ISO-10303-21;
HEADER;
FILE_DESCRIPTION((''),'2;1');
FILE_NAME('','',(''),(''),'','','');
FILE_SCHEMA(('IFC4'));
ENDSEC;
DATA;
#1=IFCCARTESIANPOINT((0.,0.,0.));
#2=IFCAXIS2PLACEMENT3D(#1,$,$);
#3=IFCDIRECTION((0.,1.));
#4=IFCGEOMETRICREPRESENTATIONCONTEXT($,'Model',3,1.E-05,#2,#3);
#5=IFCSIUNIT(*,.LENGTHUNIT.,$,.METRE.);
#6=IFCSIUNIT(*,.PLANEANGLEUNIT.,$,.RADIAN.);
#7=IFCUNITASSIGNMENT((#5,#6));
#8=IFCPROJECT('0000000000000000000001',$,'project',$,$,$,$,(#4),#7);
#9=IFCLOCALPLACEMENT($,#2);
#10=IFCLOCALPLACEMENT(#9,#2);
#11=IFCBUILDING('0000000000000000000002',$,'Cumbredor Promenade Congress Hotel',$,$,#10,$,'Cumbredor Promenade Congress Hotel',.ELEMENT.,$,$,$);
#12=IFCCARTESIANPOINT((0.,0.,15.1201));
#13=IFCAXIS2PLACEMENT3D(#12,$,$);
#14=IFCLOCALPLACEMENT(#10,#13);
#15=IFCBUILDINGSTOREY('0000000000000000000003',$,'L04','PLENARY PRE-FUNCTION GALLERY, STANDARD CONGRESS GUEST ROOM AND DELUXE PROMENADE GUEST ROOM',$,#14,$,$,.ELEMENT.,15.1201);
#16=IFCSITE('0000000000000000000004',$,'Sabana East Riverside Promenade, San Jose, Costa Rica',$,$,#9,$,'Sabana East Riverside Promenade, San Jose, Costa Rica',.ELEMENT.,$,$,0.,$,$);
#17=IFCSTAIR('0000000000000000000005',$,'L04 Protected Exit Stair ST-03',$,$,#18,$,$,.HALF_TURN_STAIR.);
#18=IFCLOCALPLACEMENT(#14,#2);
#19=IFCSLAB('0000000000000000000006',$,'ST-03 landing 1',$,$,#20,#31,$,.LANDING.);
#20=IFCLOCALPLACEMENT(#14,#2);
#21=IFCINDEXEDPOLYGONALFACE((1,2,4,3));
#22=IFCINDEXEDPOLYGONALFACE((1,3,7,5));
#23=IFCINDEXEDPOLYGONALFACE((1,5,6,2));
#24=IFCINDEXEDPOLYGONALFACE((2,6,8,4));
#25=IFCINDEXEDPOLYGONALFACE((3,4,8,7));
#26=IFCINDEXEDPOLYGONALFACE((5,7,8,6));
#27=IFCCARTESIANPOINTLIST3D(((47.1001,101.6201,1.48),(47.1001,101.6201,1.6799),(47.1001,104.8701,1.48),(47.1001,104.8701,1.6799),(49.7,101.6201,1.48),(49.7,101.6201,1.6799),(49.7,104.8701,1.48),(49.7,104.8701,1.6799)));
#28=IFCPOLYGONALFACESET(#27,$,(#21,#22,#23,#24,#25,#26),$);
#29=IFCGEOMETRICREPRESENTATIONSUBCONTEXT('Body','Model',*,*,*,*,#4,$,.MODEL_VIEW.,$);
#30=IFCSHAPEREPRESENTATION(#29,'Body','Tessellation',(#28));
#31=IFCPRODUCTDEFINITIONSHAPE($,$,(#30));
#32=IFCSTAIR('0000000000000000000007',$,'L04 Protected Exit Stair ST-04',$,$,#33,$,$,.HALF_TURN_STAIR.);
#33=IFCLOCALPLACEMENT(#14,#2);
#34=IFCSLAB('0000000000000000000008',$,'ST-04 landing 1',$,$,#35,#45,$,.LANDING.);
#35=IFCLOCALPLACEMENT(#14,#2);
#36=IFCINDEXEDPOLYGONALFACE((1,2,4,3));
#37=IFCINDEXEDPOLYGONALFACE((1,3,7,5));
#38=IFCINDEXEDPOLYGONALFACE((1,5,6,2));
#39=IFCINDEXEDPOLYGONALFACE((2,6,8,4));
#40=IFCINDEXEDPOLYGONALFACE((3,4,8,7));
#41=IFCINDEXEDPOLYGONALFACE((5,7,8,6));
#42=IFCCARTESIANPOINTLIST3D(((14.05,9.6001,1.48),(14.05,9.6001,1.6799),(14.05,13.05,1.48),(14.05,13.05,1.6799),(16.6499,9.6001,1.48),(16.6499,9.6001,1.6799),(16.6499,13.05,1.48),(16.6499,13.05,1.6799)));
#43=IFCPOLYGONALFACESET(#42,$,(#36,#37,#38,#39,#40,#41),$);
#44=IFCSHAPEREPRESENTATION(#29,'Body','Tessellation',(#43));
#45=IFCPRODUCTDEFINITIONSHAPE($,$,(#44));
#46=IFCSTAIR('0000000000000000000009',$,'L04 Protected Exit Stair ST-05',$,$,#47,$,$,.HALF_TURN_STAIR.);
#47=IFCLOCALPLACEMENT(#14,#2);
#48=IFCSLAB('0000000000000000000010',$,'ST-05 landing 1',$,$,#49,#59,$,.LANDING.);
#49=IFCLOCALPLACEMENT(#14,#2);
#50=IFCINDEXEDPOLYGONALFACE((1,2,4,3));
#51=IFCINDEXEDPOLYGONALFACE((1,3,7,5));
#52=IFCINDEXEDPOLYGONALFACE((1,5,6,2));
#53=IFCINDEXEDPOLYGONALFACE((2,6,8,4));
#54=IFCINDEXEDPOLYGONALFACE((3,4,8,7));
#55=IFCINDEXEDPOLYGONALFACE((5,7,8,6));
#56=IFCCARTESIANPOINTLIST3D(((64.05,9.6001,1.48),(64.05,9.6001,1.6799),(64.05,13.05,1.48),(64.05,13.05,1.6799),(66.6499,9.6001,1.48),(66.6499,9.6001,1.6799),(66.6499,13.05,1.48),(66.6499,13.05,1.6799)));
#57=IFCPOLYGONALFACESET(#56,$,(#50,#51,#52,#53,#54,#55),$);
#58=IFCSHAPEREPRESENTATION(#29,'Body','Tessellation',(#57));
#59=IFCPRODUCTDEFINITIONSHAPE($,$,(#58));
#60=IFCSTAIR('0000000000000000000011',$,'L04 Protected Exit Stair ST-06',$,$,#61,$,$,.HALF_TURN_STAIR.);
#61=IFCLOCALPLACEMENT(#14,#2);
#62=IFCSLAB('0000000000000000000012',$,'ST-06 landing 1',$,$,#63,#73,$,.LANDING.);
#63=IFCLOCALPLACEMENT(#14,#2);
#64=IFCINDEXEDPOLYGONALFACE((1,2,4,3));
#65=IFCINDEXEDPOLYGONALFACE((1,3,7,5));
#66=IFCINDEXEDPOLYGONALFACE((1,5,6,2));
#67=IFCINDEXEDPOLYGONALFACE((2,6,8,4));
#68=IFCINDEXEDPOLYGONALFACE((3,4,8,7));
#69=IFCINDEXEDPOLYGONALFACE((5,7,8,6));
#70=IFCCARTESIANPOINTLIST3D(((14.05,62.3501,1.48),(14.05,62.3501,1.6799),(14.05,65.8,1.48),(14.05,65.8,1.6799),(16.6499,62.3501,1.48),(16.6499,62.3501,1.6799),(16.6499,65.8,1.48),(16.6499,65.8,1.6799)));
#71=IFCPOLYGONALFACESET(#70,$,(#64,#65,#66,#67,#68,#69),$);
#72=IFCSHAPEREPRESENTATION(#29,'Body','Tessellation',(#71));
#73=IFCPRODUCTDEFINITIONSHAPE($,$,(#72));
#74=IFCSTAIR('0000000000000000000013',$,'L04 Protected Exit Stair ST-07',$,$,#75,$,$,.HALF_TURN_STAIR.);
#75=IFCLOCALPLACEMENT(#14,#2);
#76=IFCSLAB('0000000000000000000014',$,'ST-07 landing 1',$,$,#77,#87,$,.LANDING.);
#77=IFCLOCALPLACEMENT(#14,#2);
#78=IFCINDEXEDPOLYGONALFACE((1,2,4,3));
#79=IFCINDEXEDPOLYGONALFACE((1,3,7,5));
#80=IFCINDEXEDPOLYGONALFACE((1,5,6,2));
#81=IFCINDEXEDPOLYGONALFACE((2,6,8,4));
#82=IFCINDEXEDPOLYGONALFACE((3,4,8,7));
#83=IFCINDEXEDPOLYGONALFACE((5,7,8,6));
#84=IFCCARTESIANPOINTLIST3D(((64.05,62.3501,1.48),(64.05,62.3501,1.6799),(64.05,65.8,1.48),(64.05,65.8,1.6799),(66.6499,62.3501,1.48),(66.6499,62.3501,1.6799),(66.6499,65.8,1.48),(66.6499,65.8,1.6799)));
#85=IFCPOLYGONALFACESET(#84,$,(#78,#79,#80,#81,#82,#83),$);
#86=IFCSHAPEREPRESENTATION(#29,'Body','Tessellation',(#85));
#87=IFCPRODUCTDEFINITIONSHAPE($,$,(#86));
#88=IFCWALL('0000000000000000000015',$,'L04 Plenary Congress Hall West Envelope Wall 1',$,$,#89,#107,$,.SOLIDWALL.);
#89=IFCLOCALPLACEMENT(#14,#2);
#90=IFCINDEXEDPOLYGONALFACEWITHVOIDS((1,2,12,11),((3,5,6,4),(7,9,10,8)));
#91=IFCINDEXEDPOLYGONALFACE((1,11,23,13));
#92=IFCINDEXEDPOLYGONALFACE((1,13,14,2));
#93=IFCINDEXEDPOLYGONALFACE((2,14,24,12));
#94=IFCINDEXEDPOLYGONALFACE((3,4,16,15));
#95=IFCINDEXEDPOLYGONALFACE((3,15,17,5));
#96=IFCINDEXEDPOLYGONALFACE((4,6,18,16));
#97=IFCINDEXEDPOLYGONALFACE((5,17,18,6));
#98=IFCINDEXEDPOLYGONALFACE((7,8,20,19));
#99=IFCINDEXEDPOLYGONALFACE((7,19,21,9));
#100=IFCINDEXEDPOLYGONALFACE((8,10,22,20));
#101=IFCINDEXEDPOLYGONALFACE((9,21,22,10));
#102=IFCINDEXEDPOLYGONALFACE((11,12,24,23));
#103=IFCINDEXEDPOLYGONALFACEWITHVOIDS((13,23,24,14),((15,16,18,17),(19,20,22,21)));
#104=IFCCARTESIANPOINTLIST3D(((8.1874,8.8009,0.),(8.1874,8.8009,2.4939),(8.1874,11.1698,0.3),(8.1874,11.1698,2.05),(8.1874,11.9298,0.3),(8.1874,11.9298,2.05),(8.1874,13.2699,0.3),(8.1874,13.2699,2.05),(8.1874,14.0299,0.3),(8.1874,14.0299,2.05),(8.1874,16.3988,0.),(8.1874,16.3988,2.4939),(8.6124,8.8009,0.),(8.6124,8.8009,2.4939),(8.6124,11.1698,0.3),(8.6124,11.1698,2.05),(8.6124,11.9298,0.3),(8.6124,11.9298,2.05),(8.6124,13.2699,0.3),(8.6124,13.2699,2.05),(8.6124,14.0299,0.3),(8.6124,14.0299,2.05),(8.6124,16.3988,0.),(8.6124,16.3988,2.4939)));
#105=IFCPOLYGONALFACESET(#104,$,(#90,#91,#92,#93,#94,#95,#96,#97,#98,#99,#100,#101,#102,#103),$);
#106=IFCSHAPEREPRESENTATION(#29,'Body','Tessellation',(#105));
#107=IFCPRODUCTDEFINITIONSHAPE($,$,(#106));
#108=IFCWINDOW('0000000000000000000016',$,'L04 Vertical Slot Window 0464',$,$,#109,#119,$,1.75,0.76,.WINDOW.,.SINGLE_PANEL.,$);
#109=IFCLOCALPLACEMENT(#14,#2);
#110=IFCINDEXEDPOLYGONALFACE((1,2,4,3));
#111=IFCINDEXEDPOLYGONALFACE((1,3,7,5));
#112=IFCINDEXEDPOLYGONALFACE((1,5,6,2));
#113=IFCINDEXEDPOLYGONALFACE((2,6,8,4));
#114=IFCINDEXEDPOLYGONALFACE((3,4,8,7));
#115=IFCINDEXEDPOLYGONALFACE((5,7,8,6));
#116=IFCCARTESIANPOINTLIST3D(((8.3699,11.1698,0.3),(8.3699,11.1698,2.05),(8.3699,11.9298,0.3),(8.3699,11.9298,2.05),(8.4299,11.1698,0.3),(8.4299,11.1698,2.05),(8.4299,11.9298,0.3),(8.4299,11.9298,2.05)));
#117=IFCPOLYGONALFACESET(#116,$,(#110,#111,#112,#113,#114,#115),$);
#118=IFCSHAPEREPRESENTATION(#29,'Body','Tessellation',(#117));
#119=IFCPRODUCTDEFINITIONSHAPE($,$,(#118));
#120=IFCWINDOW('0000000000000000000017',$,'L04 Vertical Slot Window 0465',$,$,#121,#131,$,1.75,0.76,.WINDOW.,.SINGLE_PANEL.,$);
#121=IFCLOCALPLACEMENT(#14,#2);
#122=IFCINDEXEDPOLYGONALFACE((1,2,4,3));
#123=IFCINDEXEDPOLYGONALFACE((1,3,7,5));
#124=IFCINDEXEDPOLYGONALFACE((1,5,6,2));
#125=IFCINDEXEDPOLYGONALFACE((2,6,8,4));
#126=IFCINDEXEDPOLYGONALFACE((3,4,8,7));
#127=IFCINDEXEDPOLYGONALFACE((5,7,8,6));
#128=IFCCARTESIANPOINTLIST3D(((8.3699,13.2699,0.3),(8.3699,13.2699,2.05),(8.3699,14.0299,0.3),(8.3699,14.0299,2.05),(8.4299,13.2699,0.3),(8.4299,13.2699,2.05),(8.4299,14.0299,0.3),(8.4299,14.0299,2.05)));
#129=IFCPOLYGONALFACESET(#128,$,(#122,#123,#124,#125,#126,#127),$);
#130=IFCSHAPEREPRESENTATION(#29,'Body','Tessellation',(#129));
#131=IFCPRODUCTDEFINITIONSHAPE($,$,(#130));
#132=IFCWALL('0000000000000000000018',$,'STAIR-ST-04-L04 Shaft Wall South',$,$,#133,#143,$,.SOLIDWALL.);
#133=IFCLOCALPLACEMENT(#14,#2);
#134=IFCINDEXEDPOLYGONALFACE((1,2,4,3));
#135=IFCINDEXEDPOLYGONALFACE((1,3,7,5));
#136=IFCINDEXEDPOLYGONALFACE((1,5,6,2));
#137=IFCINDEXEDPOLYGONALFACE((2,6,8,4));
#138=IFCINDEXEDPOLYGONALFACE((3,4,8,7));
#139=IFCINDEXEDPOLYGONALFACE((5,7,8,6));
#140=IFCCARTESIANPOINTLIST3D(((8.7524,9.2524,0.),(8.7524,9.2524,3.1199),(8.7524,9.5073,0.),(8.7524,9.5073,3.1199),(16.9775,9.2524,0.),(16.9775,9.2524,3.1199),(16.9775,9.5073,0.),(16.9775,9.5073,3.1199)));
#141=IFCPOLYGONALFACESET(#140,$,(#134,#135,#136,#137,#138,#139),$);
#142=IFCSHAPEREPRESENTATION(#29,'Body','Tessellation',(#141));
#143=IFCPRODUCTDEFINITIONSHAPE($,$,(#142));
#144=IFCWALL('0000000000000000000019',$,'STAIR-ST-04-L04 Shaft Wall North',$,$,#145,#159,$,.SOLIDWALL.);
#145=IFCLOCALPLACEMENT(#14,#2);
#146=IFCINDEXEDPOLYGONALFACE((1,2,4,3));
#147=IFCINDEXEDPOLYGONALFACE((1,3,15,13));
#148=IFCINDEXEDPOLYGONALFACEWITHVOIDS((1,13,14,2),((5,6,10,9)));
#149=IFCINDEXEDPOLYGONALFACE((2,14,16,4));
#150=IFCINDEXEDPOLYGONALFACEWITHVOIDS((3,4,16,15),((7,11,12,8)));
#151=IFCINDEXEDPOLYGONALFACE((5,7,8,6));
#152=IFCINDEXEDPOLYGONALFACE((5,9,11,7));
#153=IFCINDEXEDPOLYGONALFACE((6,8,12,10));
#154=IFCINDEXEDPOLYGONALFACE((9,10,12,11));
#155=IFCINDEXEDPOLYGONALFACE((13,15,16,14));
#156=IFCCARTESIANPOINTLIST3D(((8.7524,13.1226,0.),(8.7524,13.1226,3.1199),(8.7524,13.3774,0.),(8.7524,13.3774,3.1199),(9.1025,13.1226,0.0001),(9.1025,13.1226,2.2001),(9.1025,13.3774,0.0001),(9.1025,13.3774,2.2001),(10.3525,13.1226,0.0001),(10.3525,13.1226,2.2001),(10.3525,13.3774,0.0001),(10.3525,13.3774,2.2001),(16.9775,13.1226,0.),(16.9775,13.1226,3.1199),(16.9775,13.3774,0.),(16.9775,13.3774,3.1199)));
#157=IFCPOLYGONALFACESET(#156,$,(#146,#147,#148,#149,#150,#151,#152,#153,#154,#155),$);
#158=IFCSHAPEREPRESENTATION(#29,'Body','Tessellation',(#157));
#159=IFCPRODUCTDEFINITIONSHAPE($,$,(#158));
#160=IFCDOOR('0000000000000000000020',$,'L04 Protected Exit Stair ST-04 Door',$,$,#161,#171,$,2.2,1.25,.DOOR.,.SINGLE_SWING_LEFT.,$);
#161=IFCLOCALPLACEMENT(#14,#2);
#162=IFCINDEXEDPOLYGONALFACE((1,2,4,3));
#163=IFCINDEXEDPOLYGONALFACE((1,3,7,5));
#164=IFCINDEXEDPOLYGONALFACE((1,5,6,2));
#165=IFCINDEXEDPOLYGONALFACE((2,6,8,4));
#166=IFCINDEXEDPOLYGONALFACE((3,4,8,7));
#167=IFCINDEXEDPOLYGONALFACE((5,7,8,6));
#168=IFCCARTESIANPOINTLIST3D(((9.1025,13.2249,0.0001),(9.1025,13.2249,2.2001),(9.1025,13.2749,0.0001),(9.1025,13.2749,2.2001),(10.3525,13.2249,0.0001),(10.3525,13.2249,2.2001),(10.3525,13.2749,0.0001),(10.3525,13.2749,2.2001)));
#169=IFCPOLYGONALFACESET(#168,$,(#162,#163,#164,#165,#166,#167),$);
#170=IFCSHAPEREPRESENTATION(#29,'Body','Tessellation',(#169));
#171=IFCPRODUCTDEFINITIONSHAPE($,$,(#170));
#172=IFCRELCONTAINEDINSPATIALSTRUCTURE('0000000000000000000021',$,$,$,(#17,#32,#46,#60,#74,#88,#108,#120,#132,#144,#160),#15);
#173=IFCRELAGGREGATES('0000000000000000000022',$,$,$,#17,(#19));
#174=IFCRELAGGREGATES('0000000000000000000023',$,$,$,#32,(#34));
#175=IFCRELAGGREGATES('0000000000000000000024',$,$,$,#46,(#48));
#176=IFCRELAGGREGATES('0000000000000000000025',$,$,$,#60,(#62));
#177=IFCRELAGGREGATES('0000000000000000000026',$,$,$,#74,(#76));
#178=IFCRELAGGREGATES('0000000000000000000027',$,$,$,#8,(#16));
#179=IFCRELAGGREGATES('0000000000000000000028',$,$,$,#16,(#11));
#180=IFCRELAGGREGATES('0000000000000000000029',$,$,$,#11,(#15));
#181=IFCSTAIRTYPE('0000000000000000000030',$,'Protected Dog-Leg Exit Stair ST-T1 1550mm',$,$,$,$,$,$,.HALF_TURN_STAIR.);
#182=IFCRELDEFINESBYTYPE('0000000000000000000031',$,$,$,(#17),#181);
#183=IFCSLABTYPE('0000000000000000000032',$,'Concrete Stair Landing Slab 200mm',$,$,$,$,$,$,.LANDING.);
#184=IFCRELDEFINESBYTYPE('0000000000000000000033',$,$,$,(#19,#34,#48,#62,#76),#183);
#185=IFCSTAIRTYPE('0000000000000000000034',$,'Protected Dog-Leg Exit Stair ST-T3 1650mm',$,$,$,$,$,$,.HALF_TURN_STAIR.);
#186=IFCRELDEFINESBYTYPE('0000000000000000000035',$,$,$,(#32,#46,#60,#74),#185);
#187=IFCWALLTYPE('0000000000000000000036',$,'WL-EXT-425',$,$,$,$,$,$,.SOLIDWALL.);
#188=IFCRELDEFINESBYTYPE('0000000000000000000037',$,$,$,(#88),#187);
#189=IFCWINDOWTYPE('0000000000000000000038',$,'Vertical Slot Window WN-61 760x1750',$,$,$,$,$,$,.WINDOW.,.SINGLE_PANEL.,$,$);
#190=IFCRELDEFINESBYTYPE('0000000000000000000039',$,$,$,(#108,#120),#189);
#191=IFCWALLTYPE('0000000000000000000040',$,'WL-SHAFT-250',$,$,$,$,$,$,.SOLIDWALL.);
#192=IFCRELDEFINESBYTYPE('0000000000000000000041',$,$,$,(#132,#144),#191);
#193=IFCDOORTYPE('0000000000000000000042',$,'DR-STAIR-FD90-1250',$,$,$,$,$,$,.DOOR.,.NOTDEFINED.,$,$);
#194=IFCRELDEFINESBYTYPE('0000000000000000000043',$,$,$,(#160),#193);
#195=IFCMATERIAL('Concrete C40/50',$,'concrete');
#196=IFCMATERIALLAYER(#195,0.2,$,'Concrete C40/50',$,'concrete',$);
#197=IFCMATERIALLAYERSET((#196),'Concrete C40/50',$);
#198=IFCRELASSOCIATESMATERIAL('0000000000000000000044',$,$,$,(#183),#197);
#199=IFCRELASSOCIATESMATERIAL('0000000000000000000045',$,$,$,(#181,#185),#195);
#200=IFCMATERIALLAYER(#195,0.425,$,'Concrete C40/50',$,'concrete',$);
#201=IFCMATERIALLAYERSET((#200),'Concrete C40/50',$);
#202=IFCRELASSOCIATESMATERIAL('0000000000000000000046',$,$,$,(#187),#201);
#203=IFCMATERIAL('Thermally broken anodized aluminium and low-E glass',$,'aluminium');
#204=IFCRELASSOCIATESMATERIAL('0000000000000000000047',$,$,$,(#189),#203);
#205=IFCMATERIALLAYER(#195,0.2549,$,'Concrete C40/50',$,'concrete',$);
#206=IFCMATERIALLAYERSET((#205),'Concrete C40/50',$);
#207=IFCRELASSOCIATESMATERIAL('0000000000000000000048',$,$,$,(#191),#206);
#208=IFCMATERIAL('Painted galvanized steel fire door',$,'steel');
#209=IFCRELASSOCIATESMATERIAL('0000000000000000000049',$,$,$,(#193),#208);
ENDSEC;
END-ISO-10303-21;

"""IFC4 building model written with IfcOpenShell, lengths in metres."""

from ifc_helpers import new_model, si_unit, direction, frame, frame_2d, origin, place, context, subcontext, project, spatial, polyline, rectangle, outline, extrude, material, layer, layer_set, type_object, element, fill, aggregate, save


model = new_model("IFC4")

# Units and contexts
model_context = context("Model", 3, precision=1e-05, world=origin(), true_north=direction((0.0, 1.0)))
body_context = subcontext(model_context, "Body", "Model", "MODEL_VIEW")
ifc_project = project(units=[si_unit("LENGTHUNIT", "METRE"), si_unit("PLANEANGLEUNIT", "RADIAN")], contexts=[model_context])

# Site, building, storey
site_placement = place(None, origin())
site = spatial("IfcSite", under=ifc_project, at=site_placement, Name="Sabana East Riverside Promenade, San Jose, Costa Rica", LongName="Sabana East Riverside Promenade, San Jose, Costa Rica", CompositionType="ELEMENT", RefElevation=0.0)
building_placement = place(site_placement, origin())
building = spatial("IfcBuilding", under=site, at=building_placement, Name="Cumbredor Promenade Congress Hotel", LongName="Cumbredor Promenade Congress Hotel", CompositionType="ELEMENT")
storey_placement = place(building_placement, frame((0.0, 0.0, 15.1201)))
storey = spatial("IfcBuildingStorey", under=building, at=storey_placement, Name="L04", Description="PLENARY PRE-FUNCTION GALLERY, STANDARD CONGRESS GUEST ROOM AND DELUXE PROMENADE GUEST ROOM", CompositionType="ELEMENT", Elevation=15.1201)

# Shared definitions
ifc_material_1 = material(Name="Concrete C40/50", Category="concrete")

# Shared definitions
ifc_material_2 = material(Name="Thermally broken anodized aluminium and low-E glass", Category="aluminium")

# Stairs, slabs
ifc_layer_1 = layer(ifc_material_1, 0.2, Name="Concrete C40/50", Category="concrete")
ifc_layer_set_1 = layer_set([ifc_layer_1], Name="Concrete C40/50")
slab_type = type_object("IfcSlabType", Name="Concrete Stair Landing Slab 200mm", PredefinedType="LANDING", material=ifc_layer_set_1)
stair_type_1 = type_object("IfcStairType", Name="Protected Dog-Leg Exit Stair ST-T1 1550mm", PredefinedType="HALF_TURN_STAIR", material=ifc_material_1)
stair_1_placement = place(storey_placement, origin())
stair_1 = element("IfcStair", 1, at=stair_1_placement, inside=storey, type_object=stair_type_1, Name="L04 Protected Exit Stair ST-03", PredefinedType="HALF_TURN_STAIR")
slab_1_placement = place(storey_placement, frame((0.0, 0.0, 1.48)))
slab_1 = element("IfcSlab", 2, at=slab_1_placement, type_object=slab_type, Name="ST-03 landing 1", PredefinedType="LANDING", context=body_context, shape_type="SweptSolid", body=[
    extrude(outline(polyline([(47.1001, 101.6201), (49.7, 101.6201), (49.7, 104.8701), (47.1001, 104.8701), (47.1001, 101.6201)])), origin(), (0.0, 0.0, 1.0), 0.2),
])
aggregate(stair_1, [slab_1])
stair_type_2 = type_object("IfcStairType", Name="Protected Dog-Leg Exit Stair ST-T3 1650mm", PredefinedType="HALF_TURN_STAIR", material=ifc_material_1)
stair_2_placement = place(storey_placement, origin())
stair_2 = element("IfcStair", 3, at=stair_2_placement, inside=storey, type_object=stair_type_2, Name="L04 Protected Exit Stair ST-04", PredefinedType="HALF_TURN_STAIR")
slab_2_placement = place(storey_placement, frame((0.0, 0.0, 1.48)))
slab_2 = element("IfcSlab", 4, at=slab_2_placement, type_object=slab_type, Name="ST-04 landing 1", PredefinedType="LANDING", context=body_context, shape_type="SweptSolid", body=[
    extrude(outline(polyline([(14.05, 9.6001), (16.6499, 9.6001), (16.6499, 13.05), (14.05, 13.05), (14.05, 9.6001)])), origin(), (0.0, 0.0, 1.0), 0.2),
])
aggregate(stair_2, [slab_2])
stair_3_placement = place(storey_placement, origin())
stair_3 = element("IfcStair", 5, at=stair_3_placement, inside=storey, type_object=stair_type_2, Name="L04 Protected Exit Stair ST-05", PredefinedType="HALF_TURN_STAIR")
slab_3_placement = place(storey_placement, frame((0.0, 0.0, 1.48)))
slab_3 = element("IfcSlab", 6, at=slab_3_placement, type_object=slab_type, Name="ST-05 landing 1", PredefinedType="LANDING", context=body_context, shape_type="SweptSolid", body=[
    extrude(outline(polyline([(64.05, 9.6001), (66.6499, 9.6001), (66.6499, 13.05), (64.05, 13.05), (64.05, 9.6001)])), origin(), (0.0, 0.0, 1.0), 0.2),
])
aggregate(stair_3, [slab_3])
stair_4_placement = place(storey_placement, origin())
stair_4 = element("IfcStair", 7, at=stair_4_placement, inside=storey, type_object=stair_type_2, Name="L04 Protected Exit Stair ST-06", PredefinedType="HALF_TURN_STAIR")
slab_4_placement = place(storey_placement, frame((0.0, 0.0, 1.48)))
slab_4 = element("IfcSlab", 8, at=slab_4_placement, type_object=slab_type, Name="ST-06 landing 1", PredefinedType="LANDING", context=body_context, shape_type="SweptSolid", body=[
    extrude(outline(polyline([(14.05, 62.3501), (16.6499, 62.3501), (16.6499, 65.8), (14.05, 65.8), (14.05, 62.3501)])), origin(), (0.0, 0.0, 1.0), 0.2),
])
aggregate(stair_4, [slab_4])
stair_5_placement = place(storey_placement, origin())
stair_5 = element("IfcStair", 9, at=stair_5_placement, inside=storey, type_object=stair_type_2, Name="L04 Protected Exit Stair ST-07", PredefinedType="HALF_TURN_STAIR")
slab_5_placement = place(storey_placement, frame((0.0, 0.0, 1.48)))
slab_5 = element("IfcSlab", 10, at=slab_5_placement, type_object=slab_type, Name="ST-07 landing 1", PredefinedType="LANDING", context=body_context, shape_type="SweptSolid", body=[
    extrude(outline(polyline([(64.05, 62.3501), (66.6499, 62.3501), (66.6499, 65.8), (64.05, 65.8), (64.05, 62.3501)])), origin(), (0.0, 0.0, 1.0), 0.2),
])
aggregate(stair_5, [slab_5])

# Wall, openings, windows
ifc_layer_2 = layer(ifc_material_1, 0.425, Name="Concrete C40/50", Category="concrete")
ifc_layer_set_2 = layer_set([ifc_layer_2], Name="Concrete C40/50")
wall_type_1 = type_object("IfcWallType", Name="WL-EXT-425", PredefinedType="SOLIDWALL", material=ifc_layer_set_2)
wall_1_placement = place(storey_placement, frame((8.3999, 8.801, 0.0), z_axis=(0.0, 0.0, 1.0), x_axis=(0.0, 1.0, 0.0)))
wall_1 = element("IfcWall", 11, at=wall_1_placement, inside=storey, type_object=wall_type_1, Name="L04 Plenary Congress Hall West Envelope Wall 1", PredefinedType="SOLIDWALL", context=body_context, shape_type="SweptSolid", body=[
    extrude(rectangle(XDim=7.5979, YDim=0.425, at=frame_2d((3.7988, 0.0))), origin(), (0.0, 0.0, 1.0), 2.4939),
])
opening_1_placement = place(wall_1_placement, frame((2.3689, 0.0, 0.3)))
opening_1 = element("IfcOpeningElement", 12, at=opening_1_placement, cuts=wall_1, PredefinedType="OPENING", context=body_context, shape_type="SweptSolid", body=[
    extrude(rectangle(XDim=0.76, YDim=1.75, at=frame_2d((0.3799, 0.875))), frame((0.0, 0.2227, 0.0), z_axis=(0.0, -1.0, 0.0), x_axis=(1.0, 0.0, 0.0)), (0.0, 0.0, 1.0), 0.4451),
])
opening_2_placement = place(wall_1_placement, frame((4.469, 0.0, 0.3)))
opening_2 = element("IfcOpeningElement", 13, at=opening_2_placement, cuts=wall_1, PredefinedType="OPENING", context=body_context, shape_type="SweptSolid", body=[
    extrude(rectangle(XDim=0.76, YDim=1.75, at=frame_2d((0.3799, 0.875))), frame((0.0, 0.2227, 0.0), z_axis=(0.0, -1.0, 0.0), x_axis=(1.0, 0.0, 0.0)), (0.0, 0.0, 1.0), 0.4451),
])
window_type = type_object("IfcWindowType", Name="Vertical Slot Window WN-61 760x1750", PartitioningType="SINGLE_PANEL", PredefinedType="WINDOW", material=ifc_material_2)
window_1_placement = place(opening_1_placement, origin())
window_1 = element("IfcWindow", 14, at=window_1_placement, inside=storey, type_object=window_type, Name="L04 Vertical Slot Window 0464", OverallHeight=1.75, OverallWidth=0.76, PartitioningType="SINGLE_PANEL", PredefinedType="WINDOW", context=body_context, shape_type="SweptSolid", body=[
    extrude(rectangle(XDim=0.76, YDim=1.75, at=frame_2d((0.3799, 0.875))), frame((0.0, 0.03, 0.0), z_axis=(0.0, -1.0, 0.0), x_axis=(1.0, 0.0, 0.0)), (0.0, 0.0, 1.0), 0.0601),
])
fill(opening_1, window_1)
window_2_placement = place(opening_2_placement, origin())
window_2 = element("IfcWindow", 15, at=window_2_placement, inside=storey, type_object=window_type, Name="L04 Vertical Slot Window 0465", OverallHeight=1.75, OverallWidth=0.76, PartitioningType="SINGLE_PANEL", PredefinedType="WINDOW", context=body_context, shape_type="SweptSolid", body=[
    extrude(rectangle(XDim=0.76, YDim=1.75, at=frame_2d((0.3799, 0.875))), frame((0.0, 0.03, 0.0), z_axis=(0.0, -1.0, 0.0), x_axis=(1.0, 0.0, 0.0)), (0.0, 0.0, 1.0), 0.0601),
])
fill(opening_2, window_2)

# Wall
ifc_layer_3 = layer(ifc_material_1, 0.2549, Name="Concrete C40/50", Category="concrete")
ifc_layer_set_3 = layer_set([ifc_layer_3], Name="Concrete C40/50")
wall_type_2 = type_object("IfcWallType", Name="WL-SHAFT-250", PredefinedType="SOLIDWALL", material=ifc_layer_set_3)
wall_2_placement = place(storey_placement, frame((8.7524, 9.3799, 0.0), z_axis=(0.0, 0.0, 1.0), x_axis=(1.0, 0.0, 0.0)))
element("IfcWall", 16, at=wall_2_placement, inside=storey, type_object=wall_type_2, Name="STAIR-ST-04-L04 Shaft Wall South", PredefinedType="SOLIDWALL", context=body_context, shape_type="SweptSolid", body=[
    extrude(rectangle(XDim=8.2251, YDim=0.2549, at=frame_2d((4.1125, 0.0))), origin(), (0.0, 0.0, 1.0), 3.1199),
])

# Wall, opening, door
wall_3_placement = place(storey_placement, frame((8.7524, 13.25, 0.0), z_axis=(0.0, 0.0, 1.0), x_axis=(1.0, 0.0, 0.0)))
wall_3 = element("IfcWall", 17, at=wall_3_placement, inside=storey, type_object=wall_type_2, Name="STAIR-ST-04-L04 Shaft Wall North", PredefinedType="SOLIDWALL", context=body_context, shape_type="SweptSolid", body=[
    extrude(rectangle(XDim=8.2251, YDim=0.2549, at=frame_2d((4.1125, 0.0))), origin(), (0.0, 0.0, 1.0), 3.1199),
])
opening_3_placement = place(wall_3_placement, frame((0.3501, 0.0, 0.0)))
opening_3 = element("IfcOpeningElement", 18, at=opening_3_placement, cuts=wall_3, PredefinedType="OPENING", context=body_context, shape_type="SweptSolid", body=[
    extrude(rectangle(XDim=1.25, YDim=2.2, at=frame_2d((0.625, 1.1001))), frame((0.0, 0.1375, 0.0), z_axis=(0.0, -1.0, 0.0), x_axis=(1.0, 0.0, 0.0)), (0.0, 0.0, 1.0), 0.2749),
])
ifc_material_3 = material(Name="Painted galvanized steel fire door", Category="steel")
door_type = type_object("IfcDoorType", Name="DR-STAIR-FD90-1250", OperationType="NOTDEFINED", PredefinedType="DOOR", material=ifc_material_3)
door_placement = place(opening_3_placement, origin())
door = element("IfcDoor", 19, at=door_placement, inside=storey, type_object=door_type, Name="L04 Protected Exit Stair ST-04 Door", OperationType="SINGLE_SWING_LEFT", OverallHeight=2.2, OverallWidth=1.25, PredefinedType="DOOR", context=body_context, shape_type="SweptSolid", body=[
    extrude(rectangle(XDim=1.25, YDim=2.2, at=frame_2d((0.625, 1.1001))), frame((0.0, 0.0249, 0.0), z_axis=(0.0, -1.0, 0.0), x_axis=(1.0, 0.0, 0.0)), (0.0, 0.0, 1.0), 0.05),
])
fill(opening_3, door)

save(model, "model.ifc")
